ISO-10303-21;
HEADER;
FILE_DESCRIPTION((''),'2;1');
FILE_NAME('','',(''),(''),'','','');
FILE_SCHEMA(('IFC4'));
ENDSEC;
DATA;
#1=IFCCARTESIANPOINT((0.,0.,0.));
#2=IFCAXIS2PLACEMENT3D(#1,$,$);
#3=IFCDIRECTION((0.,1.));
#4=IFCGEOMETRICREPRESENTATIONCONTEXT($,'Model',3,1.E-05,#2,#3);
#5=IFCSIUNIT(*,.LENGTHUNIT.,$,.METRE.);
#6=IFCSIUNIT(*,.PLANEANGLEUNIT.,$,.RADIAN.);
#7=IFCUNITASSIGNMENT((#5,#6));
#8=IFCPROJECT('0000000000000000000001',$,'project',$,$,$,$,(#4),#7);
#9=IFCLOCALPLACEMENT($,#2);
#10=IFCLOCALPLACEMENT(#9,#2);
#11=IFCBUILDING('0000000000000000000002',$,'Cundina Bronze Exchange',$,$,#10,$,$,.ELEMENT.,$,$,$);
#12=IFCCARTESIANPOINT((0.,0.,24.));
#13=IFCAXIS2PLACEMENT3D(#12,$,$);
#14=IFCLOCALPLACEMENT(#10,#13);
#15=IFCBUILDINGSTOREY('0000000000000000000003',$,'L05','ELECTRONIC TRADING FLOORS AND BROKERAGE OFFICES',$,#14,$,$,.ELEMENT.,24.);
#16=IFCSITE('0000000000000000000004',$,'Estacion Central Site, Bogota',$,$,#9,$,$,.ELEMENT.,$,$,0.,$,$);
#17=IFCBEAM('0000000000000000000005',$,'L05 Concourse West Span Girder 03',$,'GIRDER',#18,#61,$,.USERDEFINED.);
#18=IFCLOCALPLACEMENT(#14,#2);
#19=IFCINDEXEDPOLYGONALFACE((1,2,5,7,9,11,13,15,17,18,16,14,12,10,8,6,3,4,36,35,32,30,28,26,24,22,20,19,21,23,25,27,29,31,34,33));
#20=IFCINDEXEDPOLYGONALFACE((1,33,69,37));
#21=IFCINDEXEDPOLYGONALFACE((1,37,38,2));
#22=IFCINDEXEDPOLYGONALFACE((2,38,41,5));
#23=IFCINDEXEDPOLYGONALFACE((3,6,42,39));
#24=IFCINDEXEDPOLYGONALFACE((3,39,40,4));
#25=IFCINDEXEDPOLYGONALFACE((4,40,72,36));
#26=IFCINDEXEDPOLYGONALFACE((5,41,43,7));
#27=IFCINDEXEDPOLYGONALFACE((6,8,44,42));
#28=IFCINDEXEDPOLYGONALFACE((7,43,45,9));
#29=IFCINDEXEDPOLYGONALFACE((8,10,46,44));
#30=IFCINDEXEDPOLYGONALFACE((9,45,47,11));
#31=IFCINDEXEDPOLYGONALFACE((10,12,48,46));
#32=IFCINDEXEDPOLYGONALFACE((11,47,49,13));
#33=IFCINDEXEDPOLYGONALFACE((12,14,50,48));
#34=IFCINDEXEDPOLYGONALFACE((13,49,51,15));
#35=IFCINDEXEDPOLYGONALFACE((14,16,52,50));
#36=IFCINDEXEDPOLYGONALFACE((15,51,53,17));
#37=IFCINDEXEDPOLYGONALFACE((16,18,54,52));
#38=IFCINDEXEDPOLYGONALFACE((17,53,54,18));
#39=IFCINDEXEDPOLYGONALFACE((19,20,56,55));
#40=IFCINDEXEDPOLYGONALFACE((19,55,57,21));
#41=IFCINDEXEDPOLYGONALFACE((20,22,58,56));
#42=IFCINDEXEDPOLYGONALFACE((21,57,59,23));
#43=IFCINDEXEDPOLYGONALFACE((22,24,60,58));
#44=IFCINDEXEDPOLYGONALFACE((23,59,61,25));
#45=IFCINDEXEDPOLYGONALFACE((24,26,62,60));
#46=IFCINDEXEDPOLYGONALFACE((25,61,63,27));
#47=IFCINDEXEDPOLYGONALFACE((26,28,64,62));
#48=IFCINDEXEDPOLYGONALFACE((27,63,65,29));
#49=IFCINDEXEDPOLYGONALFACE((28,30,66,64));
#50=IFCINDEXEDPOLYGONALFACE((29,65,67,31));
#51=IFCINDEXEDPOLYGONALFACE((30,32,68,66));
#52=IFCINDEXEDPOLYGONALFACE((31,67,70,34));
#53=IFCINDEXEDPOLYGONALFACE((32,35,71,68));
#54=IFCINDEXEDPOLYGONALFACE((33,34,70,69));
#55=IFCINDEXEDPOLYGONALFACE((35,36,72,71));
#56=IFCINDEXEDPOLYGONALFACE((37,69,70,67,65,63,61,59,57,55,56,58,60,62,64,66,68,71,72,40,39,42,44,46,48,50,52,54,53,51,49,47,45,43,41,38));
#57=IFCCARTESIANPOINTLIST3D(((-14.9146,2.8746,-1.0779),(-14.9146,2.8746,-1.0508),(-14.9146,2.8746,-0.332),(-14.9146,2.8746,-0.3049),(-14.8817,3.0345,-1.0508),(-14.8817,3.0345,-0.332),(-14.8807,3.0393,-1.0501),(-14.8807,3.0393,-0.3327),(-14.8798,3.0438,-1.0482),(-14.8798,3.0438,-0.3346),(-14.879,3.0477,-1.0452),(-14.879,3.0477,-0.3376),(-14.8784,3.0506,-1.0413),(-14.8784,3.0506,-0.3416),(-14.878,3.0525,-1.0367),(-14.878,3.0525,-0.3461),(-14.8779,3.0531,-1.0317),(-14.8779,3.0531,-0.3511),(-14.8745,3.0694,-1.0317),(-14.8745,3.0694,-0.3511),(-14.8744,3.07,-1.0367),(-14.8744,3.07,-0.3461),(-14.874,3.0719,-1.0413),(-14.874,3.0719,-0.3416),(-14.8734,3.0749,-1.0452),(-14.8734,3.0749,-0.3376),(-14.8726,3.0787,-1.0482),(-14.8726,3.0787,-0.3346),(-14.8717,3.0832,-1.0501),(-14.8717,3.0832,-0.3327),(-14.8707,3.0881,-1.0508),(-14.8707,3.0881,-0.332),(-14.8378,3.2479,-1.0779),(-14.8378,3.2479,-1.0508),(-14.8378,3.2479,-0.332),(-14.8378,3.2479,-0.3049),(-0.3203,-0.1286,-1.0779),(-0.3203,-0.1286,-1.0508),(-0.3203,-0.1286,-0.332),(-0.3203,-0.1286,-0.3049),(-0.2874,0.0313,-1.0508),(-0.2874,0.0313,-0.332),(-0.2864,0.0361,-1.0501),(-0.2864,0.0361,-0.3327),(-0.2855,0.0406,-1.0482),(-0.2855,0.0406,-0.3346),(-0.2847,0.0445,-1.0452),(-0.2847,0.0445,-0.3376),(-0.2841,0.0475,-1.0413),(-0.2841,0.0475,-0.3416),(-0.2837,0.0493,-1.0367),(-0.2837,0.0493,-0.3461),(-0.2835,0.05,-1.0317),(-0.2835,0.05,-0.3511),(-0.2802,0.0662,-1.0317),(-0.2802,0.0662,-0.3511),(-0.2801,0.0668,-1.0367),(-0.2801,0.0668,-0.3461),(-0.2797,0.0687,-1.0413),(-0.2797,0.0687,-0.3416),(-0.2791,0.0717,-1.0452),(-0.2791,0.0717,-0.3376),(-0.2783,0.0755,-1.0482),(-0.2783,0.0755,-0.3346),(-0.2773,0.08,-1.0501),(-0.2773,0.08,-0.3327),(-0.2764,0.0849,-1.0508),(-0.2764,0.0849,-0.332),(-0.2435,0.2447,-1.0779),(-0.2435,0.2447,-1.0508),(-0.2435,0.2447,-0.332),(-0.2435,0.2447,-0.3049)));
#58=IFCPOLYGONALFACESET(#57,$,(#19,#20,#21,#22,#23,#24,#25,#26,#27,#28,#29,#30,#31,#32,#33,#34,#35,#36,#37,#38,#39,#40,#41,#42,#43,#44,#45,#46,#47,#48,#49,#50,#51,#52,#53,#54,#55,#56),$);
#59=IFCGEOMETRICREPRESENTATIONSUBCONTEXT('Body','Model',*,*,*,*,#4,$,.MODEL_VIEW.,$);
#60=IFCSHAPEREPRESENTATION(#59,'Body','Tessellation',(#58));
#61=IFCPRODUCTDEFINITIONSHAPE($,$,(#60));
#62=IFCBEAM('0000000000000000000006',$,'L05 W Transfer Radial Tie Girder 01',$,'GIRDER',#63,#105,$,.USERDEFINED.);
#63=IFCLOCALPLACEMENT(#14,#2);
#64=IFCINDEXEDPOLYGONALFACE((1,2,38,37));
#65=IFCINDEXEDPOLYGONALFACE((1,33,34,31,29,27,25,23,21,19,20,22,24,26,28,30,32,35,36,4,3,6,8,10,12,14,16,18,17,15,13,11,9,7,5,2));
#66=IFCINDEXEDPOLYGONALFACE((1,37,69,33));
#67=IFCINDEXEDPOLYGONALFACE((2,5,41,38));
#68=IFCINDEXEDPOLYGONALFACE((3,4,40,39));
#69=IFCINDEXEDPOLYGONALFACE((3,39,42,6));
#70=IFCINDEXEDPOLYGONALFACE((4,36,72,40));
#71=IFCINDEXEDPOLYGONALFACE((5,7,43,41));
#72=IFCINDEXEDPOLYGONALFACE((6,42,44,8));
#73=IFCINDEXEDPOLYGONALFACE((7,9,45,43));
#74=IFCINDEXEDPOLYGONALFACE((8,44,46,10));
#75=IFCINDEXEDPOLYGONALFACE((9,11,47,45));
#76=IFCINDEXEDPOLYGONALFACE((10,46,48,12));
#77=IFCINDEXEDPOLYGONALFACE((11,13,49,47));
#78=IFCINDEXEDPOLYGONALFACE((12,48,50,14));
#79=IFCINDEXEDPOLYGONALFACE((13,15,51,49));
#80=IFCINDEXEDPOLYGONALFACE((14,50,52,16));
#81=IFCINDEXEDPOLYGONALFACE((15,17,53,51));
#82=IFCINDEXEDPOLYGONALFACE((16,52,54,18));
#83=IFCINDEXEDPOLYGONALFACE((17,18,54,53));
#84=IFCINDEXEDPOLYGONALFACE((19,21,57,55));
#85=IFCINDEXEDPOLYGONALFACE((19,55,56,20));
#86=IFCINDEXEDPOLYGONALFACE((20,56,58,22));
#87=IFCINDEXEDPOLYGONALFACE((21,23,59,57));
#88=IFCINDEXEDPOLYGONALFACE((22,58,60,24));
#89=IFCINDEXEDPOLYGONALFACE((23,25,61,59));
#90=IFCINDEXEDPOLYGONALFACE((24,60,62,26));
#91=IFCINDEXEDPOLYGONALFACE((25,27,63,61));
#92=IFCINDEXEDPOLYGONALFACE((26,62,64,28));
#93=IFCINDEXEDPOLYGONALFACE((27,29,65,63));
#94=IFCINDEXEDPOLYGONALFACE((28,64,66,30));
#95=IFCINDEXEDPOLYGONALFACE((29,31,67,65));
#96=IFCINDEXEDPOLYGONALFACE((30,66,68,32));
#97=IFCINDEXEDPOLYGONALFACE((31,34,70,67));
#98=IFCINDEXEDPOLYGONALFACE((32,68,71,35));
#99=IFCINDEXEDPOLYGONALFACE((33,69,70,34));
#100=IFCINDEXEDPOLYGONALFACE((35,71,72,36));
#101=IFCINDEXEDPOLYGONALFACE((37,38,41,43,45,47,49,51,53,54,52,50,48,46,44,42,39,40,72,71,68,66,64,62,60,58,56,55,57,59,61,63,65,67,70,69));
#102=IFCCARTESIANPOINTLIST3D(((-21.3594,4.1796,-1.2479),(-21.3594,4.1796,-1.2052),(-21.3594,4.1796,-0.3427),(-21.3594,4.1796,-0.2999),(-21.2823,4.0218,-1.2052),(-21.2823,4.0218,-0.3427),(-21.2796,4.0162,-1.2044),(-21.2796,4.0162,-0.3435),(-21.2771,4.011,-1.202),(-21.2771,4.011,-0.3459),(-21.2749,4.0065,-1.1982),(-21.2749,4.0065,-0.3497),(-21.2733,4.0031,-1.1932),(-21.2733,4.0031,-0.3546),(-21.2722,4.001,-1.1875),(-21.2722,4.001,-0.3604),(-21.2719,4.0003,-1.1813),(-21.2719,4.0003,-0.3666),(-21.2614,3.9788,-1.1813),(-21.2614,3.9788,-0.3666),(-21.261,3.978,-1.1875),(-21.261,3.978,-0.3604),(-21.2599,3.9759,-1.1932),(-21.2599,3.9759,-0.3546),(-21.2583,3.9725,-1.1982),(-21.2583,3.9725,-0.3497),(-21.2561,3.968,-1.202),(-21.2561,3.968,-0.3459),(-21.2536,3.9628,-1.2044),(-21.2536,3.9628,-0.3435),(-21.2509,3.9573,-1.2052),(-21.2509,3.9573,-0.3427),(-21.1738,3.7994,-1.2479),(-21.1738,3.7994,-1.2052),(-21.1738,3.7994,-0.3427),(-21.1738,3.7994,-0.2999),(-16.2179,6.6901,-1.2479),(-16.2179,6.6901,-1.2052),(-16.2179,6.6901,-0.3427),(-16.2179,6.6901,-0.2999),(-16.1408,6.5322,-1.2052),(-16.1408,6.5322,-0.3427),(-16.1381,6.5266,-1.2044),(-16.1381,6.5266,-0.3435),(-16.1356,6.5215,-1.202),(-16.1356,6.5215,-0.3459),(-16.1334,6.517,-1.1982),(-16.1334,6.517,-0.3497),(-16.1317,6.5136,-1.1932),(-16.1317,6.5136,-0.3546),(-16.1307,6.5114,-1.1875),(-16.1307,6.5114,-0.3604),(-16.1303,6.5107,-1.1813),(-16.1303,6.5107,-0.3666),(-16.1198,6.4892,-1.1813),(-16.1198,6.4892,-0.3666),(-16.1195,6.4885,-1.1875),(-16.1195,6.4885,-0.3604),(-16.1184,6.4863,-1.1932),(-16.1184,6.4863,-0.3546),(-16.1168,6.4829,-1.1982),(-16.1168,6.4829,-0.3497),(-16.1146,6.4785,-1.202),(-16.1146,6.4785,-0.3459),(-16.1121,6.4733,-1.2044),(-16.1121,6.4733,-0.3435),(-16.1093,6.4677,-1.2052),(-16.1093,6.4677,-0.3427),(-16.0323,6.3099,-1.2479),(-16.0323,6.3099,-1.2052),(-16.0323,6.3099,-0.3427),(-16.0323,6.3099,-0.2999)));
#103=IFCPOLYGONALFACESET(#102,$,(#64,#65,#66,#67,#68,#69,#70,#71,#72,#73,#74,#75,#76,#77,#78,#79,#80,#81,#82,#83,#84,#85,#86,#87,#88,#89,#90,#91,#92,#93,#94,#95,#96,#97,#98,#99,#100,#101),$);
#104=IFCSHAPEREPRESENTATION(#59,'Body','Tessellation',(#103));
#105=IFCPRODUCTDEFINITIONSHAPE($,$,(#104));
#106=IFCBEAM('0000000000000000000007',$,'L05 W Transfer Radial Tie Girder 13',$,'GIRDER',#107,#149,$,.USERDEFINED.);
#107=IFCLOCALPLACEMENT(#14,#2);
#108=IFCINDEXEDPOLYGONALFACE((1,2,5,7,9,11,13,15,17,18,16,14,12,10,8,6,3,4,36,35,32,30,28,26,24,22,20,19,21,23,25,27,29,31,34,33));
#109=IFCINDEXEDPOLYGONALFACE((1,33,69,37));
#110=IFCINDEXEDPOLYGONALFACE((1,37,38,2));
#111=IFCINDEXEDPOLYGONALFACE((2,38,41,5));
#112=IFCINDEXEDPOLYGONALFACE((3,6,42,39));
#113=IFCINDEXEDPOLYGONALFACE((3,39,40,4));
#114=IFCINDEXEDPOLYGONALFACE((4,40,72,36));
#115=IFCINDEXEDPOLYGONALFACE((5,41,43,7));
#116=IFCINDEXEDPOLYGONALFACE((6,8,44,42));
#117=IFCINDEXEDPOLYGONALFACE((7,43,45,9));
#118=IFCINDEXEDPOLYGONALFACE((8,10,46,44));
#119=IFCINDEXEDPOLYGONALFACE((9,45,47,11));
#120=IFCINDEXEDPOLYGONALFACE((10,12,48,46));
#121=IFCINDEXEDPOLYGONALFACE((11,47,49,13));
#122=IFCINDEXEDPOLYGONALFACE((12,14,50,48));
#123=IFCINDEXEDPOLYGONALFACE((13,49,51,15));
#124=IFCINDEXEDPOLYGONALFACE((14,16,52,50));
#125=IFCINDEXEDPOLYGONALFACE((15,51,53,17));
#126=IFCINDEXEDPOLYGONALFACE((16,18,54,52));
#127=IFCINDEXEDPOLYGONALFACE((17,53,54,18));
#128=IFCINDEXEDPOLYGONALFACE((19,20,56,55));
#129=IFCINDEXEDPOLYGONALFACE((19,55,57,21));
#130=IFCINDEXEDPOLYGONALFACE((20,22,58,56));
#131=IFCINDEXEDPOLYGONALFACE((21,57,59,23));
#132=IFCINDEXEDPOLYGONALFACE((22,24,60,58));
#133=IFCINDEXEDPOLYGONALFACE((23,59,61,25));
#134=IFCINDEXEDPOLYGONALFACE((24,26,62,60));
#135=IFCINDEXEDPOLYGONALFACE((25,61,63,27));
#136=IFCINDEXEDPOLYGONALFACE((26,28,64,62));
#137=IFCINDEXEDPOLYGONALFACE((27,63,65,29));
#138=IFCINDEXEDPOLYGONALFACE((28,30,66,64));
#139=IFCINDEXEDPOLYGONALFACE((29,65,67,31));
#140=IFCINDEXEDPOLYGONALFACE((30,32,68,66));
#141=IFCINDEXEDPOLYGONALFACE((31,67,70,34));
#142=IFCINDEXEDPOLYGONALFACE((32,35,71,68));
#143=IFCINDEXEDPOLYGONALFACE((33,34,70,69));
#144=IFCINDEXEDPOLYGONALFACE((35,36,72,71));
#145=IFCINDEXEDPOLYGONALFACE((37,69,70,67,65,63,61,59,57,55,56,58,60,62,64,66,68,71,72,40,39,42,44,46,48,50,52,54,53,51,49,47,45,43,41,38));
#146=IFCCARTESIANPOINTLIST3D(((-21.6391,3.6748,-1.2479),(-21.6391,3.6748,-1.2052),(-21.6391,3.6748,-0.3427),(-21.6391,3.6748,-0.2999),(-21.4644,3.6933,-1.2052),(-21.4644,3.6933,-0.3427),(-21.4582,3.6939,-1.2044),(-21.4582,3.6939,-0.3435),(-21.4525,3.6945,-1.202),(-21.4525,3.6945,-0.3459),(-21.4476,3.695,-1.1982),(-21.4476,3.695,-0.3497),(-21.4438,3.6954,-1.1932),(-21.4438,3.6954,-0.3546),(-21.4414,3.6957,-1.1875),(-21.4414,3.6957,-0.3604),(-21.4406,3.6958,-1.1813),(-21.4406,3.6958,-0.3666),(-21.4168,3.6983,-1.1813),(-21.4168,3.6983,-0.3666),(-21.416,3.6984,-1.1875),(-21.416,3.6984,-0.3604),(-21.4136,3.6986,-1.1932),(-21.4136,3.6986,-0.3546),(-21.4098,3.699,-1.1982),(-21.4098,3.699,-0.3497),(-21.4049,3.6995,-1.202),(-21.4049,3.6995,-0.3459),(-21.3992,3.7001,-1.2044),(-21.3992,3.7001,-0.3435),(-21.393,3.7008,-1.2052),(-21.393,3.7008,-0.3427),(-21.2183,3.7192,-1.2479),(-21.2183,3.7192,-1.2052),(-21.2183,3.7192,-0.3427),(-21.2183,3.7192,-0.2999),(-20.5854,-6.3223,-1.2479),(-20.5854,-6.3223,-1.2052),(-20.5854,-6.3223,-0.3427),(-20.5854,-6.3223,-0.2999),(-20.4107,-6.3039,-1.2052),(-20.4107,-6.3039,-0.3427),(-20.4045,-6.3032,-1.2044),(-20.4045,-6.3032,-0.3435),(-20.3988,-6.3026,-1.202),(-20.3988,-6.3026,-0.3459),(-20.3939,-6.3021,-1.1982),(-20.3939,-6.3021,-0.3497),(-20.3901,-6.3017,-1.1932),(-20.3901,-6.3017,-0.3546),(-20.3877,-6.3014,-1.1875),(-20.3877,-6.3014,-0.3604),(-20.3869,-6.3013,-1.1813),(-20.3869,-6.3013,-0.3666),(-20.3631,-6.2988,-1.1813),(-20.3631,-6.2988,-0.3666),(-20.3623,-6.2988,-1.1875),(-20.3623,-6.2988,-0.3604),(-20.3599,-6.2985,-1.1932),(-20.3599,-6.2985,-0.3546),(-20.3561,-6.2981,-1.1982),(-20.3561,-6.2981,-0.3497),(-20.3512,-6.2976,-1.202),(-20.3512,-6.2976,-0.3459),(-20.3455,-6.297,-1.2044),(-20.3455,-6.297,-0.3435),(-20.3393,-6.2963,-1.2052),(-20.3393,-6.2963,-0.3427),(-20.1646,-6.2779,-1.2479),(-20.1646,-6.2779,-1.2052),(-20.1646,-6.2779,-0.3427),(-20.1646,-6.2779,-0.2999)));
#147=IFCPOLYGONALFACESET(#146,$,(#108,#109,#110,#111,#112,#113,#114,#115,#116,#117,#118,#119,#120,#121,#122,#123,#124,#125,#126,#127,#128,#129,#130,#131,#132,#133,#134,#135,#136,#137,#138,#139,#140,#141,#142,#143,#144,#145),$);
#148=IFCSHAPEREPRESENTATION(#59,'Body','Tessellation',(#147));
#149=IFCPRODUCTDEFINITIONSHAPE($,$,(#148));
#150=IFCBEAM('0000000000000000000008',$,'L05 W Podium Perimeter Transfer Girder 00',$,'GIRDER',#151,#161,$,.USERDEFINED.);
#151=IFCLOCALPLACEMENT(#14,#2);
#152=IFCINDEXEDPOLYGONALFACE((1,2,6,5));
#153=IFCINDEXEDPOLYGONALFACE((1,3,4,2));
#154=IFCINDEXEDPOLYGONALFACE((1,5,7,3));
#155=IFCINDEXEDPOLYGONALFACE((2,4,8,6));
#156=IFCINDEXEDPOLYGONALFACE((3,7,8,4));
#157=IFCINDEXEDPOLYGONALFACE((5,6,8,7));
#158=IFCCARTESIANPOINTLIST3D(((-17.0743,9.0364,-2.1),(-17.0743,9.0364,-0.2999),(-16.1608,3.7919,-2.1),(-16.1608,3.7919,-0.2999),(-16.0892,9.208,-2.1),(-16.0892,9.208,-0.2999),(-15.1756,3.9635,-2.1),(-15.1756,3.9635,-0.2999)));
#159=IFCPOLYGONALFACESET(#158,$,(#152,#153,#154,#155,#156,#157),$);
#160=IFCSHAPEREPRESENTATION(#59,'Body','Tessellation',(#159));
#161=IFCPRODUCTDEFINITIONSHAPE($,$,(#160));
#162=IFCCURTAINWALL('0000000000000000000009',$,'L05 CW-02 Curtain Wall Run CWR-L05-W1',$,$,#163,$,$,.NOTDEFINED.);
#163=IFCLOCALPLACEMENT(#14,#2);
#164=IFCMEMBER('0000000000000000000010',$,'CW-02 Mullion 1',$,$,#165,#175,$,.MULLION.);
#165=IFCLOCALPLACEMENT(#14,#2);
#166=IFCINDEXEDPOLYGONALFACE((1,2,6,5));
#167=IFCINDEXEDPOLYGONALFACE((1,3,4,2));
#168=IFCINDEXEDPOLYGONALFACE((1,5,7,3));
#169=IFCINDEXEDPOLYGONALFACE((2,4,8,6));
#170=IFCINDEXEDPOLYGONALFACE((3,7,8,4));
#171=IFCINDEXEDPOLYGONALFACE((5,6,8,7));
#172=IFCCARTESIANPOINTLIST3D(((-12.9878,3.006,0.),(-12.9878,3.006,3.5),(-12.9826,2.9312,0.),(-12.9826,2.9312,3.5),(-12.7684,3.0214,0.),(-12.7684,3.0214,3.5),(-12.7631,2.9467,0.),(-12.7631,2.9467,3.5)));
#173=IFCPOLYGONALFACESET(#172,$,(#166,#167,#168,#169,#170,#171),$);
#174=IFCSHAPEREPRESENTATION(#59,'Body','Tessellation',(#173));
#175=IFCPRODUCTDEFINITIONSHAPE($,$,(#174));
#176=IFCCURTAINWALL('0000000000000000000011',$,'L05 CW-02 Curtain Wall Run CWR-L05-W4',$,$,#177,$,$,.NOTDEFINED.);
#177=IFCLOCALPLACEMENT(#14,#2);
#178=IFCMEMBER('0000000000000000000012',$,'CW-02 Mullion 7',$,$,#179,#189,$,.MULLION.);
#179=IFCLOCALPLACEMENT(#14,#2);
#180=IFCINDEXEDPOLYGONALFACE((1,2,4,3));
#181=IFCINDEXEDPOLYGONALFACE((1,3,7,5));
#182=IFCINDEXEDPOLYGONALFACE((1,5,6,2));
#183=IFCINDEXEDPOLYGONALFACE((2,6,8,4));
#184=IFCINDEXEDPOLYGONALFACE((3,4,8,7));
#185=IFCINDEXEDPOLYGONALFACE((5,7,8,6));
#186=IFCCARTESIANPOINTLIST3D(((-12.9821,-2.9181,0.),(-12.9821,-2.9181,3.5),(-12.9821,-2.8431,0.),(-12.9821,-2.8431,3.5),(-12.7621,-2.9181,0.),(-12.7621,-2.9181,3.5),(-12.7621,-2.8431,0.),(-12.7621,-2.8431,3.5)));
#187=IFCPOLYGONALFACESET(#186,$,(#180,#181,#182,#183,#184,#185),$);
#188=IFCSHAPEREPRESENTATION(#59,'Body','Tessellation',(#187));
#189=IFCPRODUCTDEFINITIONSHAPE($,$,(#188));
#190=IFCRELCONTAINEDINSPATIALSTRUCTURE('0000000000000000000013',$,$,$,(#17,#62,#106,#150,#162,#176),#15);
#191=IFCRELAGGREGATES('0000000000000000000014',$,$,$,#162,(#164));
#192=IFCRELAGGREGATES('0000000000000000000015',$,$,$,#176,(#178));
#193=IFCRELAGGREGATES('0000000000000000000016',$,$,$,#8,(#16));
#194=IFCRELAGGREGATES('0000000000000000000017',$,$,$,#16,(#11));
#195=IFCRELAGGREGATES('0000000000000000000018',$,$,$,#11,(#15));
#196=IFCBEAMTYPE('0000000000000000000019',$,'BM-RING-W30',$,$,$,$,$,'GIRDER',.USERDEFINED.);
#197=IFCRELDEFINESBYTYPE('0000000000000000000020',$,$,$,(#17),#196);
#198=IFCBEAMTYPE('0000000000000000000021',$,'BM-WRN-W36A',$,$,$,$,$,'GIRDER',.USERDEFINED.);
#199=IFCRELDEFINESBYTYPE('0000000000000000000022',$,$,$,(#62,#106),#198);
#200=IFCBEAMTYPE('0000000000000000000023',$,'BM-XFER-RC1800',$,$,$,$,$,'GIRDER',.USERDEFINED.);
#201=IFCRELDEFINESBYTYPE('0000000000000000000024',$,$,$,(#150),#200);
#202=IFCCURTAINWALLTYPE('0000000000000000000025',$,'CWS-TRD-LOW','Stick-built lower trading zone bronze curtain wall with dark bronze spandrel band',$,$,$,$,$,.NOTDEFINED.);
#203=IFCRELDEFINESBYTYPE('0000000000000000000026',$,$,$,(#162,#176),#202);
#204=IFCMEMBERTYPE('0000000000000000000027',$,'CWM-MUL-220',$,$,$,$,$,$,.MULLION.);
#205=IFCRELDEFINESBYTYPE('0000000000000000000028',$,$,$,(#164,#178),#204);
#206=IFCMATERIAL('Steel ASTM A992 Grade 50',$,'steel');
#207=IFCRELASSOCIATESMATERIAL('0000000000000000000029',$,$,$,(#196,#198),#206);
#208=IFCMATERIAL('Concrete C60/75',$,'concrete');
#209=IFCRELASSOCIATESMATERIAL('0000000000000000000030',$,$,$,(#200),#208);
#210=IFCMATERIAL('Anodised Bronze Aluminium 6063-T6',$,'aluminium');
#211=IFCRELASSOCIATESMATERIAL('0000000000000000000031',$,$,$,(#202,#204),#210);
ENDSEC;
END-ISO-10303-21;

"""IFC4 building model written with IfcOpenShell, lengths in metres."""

from ifc_helpers import new_model, si_unit, direction, frame, origin, origin_2d, place, context, subcontext, project, spatial, rectangle, i_section, extrude, material, material_profile, profile_set, type_object, element, aggregate, save


model = new_model("IFC4")

# Units and contexts
model_context = context("Model", 3, precision=1e-05, world=origin(), true_north=direction((0.0, 1.0)))
body_context = subcontext(model_context, "Body", "Model", "MODEL_VIEW")
ifc_project = project(units=[si_unit("LENGTHUNIT", "METRE"), si_unit("PLANEANGLEUNIT", "RADIAN")], contexts=[model_context])

# Site, building, storey
site_placement = place(None, origin())
site = spatial("IfcSite", under=ifc_project, at=site_placement, Name="Estacion Central Site, Bogota", CompositionType="ELEMENT", RefElevation=0.0)
building_placement = place(site_placement, origin())
building = spatial("IfcBuilding", under=site, at=building_placement, Name="Cundina Bronze Exchange", CompositionType="ELEMENT")
storey_placement = place(building_placement, frame((0.0, 0.0, 24.0)))
storey = spatial("IfcBuildingStorey", under=building, at=storey_placement, Name="L05", Description="ELECTRONIC TRADING FLOORS AND BROKERAGE OFFICES", CompositionType="ELEMENT", Elevation=24.0)

# Shared definitions
ifc_material_1 = material(Name="Steel ASTM A992 Grade 50", Category="steel")
ifc_material_2 = material(Name="Concrete C60/75", Category="concrete")

# Beams
ifc_material_profile_1 = material_profile(ifc_material_1, i_section(OverallWidth=0.3811, OverallDepth=0.7729, WebThickness=0.0166, FlangeThickness=0.0271, FilletRadius=0.019, at=origin_2d()), Name="W30X173", Category="steel")
ifc_profile_set_1 = profile_set([ifc_material_profile_1], Name="Steel ASTM A992 Grade 50")
beam_type_1 = type_object("IfcBeamType", Name="BM-RING-W30", ElementType="GIRDER", PredefinedType="USERDEFINED", material=ifc_profile_set_1)
beam_1_placement = place(storey_placement, frame((-14.8762, 3.0613, -0.6914), z_axis=(0.979477, -0.201555, 0.0), x_axis=(0.201555, 0.979477, 0.0)))
element("IfcBeam", 1, at=beam_1_placement, inside=storey, type_object=beam_type_1, Name="L05 Concourse West Span Girder 03", ObjectType="GIRDER", PredefinedType="USERDEFINED", context=body_context, shape_type="SweptSolid", body=[
    extrude(i_section(OverallWidth=0.3811, OverallDepth=0.7729, WebThickness=0.0166, FlangeThickness=0.0271, FilletRadius=0.019, at=origin_2d()), origin(), (0.0, 0.0, 1.0), 14.9001),
])
ifc_material_profile_2 = material_profile(ifc_material_1, i_section(OverallWidth=0.4231, OverallDepth=0.948, WebThickness=0.0239, FlangeThickness=0.0427, FilletRadius=0.0239, at=origin_2d()), Name="W36X302", Category="steel")
ifc_profile_set_2 = profile_set([ifc_material_profile_2], Name="Steel ASTM A992 Grade 50")
beam_type_2 = type_object("IfcBeamType", Name="BM-WRN-W36A", ElementType="GIRDER", PredefinedType="USERDEFINED", material=ifc_profile_set_2)
beam_2_placement = place(storey_placement, frame((-21.2666, 3.9895, -0.7739), z_axis=(0.898603, 0.438762, 0.0), x_axis=(-0.438762, 0.898603, 0.0)))
element("IfcBeam", 2, at=beam_2_placement, inside=storey, type_object=beam_type_2, Name="L05 W Transfer Radial Tie Girder 01", ObjectType="GIRDER", PredefinedType="USERDEFINED", context=body_context, shape_type="SweptSolid", body=[
    extrude(i_section(OverallWidth=0.4231, OverallDepth=0.948, WebThickness=0.0239, FlangeThickness=0.0427, FilletRadius=0.0239, at=origin_2d()), origin(), (0.0, 0.0, 1.0), 5.7217),
])
beam_3_placement = place(storey_placement, frame((-21.4287, 3.697, -0.7739), z_axis=(0.104821, -0.994491, 0.0), x_axis=(0.994491, 0.104821, 0.0)))
element("IfcBeam", 3, at=beam_3_placement, inside=storey, type_object=beam_type_2, Name="L05 W Transfer Radial Tie Girder 13", ObjectType="GIRDER", PredefinedType="USERDEFINED", context=body_context, shape_type="SweptSolid", body=[
    extrude(i_section(OverallWidth=0.4231, OverallDepth=0.948, WebThickness=0.0239, FlangeThickness=0.0427, FilletRadius=0.0239, at=origin_2d()), origin(), (0.0, 0.0, 1.0), 10.0525),
])
ifc_material_profile_3 = material_profile(ifc_material_2, rectangle(XDim=1.0, YDim=1.8, at=origin_2d()), Name="RC1000X1800", Category="concrete")
ifc_profile_set_3 = profile_set([ifc_material_profile_3], Name="Concrete C60/75")
beam_type_3 = type_object("IfcBeamType", Name="BM-XFER-RC1800", ElementType="GIRDER", PredefinedType="USERDEFINED", material=ifc_profile_set_3)
beam_4_placement = place(storey_placement, frame((-15.6682, 3.8777, -1.2), z_axis=(-0.171608, 0.985165, 0.0), x_axis=(-0.985165, -0.171608, 0.0)))
element("IfcBeam", 4, at=beam_4_placement, inside=storey, type_object=beam_type_3, Name="L05 W Podium Perimeter Transfer Girder 00", ObjectType="GIRDER", PredefinedType="USERDEFINED", context=body_context, shape_type="SweptSolid", body=[
    extrude(rectangle(XDim=1.0, YDim=1.8, at=origin_2d()), origin(), (0.0, 0.0, 1.0), 5.3235),
])

# Curtain wall, member
ifc_material_3 = material(Name="Anodised Bronze Aluminium 6063-T6", Category="aluminium")
curtain_wall_type = type_object("IfcCurtainWallType", Name="CWS-TRD-LOW", Description="Stick-built lower trading zone bronze curtain wall with dark bronze spandrel band", PredefinedType="NOTDEFINED", material=ifc_material_3)
curtain_wall_1_placement = place(storey_placement, origin())
curtain_wall_1 = element("IfcCurtainWall", 5, at=curtain_wall_1_placement, inside=storey, type_object=curtain_wall_type, Name="L05 CW-02 Curtain Wall Run CWR-L05-W1", PredefinedType="NOTDEFINED")
ifc_material_profile_4 = material_profile(ifc_material_3, rectangle(XDim=0.075, YDim=0.22, at=origin_2d()), Name="AL75X220", Category="aluminium")
ifc_profile_set_4 = profile_set([ifc_material_profile_4], Name="Anodised Bronze Aluminium 6063-T6")
member_type_1 = type_object("IfcMemberType", Name="CWM-MUL-220", PredefinedType="MULLION", material=ifc_profile_set_4)
member_1_placement = place(storey_placement, frame((-12.8755, 2.9763, 0.0), z_axis=(0.0, 0.0, 1.0), x_axis=(-0.070279, 0.997527, 0.0)))
member_1 = element("IfcMember", 6, at=member_1_placement, type_object=member_type_1, Name="CW-02 Mullion 1", PredefinedType="MULLION", context=body_context, shape_type="SweptSolid", body=[
    extrude(rectangle(XDim=0.075, YDim=0.22, at=origin_2d()), origin(), (0.0, 0.0, 1.0), 3.5),
])

# Curtain wall, member
curtain_wall_2_placement = place(storey_placement, origin())
curtain_wall_2 = element("IfcCurtainWall", 7, at=curtain_wall_2_placement, inside=storey, type_object=curtain_wall_type, Name="L05 CW-02 Curtain Wall Run CWR-L05-W4", PredefinedType="NOTDEFINED")
member_2_placement = place(storey_placement, frame((-12.8721, -2.8806, 0.0), z_axis=(0.0, 0.0, 1.0), x_axis=(0.0, 1.0, 0.0)))
member_2 = element("IfcMember", 8, at=member_2_placement, type_object=member_type_1, Name="CW-02 Mullion 7", PredefinedType="MULLION", context=body_context, shape_type="SweptSolid", body=[
    extrude(rectangle(XDim=0.075, YDim=0.22, at=origin_2d()), origin(), (0.0, 0.0, 1.0), 3.5),
])

aggregate(curtain_wall_1, [member_1])

aggregate(curtain_wall_2, [member_2])

save(model, "model.ifc")
